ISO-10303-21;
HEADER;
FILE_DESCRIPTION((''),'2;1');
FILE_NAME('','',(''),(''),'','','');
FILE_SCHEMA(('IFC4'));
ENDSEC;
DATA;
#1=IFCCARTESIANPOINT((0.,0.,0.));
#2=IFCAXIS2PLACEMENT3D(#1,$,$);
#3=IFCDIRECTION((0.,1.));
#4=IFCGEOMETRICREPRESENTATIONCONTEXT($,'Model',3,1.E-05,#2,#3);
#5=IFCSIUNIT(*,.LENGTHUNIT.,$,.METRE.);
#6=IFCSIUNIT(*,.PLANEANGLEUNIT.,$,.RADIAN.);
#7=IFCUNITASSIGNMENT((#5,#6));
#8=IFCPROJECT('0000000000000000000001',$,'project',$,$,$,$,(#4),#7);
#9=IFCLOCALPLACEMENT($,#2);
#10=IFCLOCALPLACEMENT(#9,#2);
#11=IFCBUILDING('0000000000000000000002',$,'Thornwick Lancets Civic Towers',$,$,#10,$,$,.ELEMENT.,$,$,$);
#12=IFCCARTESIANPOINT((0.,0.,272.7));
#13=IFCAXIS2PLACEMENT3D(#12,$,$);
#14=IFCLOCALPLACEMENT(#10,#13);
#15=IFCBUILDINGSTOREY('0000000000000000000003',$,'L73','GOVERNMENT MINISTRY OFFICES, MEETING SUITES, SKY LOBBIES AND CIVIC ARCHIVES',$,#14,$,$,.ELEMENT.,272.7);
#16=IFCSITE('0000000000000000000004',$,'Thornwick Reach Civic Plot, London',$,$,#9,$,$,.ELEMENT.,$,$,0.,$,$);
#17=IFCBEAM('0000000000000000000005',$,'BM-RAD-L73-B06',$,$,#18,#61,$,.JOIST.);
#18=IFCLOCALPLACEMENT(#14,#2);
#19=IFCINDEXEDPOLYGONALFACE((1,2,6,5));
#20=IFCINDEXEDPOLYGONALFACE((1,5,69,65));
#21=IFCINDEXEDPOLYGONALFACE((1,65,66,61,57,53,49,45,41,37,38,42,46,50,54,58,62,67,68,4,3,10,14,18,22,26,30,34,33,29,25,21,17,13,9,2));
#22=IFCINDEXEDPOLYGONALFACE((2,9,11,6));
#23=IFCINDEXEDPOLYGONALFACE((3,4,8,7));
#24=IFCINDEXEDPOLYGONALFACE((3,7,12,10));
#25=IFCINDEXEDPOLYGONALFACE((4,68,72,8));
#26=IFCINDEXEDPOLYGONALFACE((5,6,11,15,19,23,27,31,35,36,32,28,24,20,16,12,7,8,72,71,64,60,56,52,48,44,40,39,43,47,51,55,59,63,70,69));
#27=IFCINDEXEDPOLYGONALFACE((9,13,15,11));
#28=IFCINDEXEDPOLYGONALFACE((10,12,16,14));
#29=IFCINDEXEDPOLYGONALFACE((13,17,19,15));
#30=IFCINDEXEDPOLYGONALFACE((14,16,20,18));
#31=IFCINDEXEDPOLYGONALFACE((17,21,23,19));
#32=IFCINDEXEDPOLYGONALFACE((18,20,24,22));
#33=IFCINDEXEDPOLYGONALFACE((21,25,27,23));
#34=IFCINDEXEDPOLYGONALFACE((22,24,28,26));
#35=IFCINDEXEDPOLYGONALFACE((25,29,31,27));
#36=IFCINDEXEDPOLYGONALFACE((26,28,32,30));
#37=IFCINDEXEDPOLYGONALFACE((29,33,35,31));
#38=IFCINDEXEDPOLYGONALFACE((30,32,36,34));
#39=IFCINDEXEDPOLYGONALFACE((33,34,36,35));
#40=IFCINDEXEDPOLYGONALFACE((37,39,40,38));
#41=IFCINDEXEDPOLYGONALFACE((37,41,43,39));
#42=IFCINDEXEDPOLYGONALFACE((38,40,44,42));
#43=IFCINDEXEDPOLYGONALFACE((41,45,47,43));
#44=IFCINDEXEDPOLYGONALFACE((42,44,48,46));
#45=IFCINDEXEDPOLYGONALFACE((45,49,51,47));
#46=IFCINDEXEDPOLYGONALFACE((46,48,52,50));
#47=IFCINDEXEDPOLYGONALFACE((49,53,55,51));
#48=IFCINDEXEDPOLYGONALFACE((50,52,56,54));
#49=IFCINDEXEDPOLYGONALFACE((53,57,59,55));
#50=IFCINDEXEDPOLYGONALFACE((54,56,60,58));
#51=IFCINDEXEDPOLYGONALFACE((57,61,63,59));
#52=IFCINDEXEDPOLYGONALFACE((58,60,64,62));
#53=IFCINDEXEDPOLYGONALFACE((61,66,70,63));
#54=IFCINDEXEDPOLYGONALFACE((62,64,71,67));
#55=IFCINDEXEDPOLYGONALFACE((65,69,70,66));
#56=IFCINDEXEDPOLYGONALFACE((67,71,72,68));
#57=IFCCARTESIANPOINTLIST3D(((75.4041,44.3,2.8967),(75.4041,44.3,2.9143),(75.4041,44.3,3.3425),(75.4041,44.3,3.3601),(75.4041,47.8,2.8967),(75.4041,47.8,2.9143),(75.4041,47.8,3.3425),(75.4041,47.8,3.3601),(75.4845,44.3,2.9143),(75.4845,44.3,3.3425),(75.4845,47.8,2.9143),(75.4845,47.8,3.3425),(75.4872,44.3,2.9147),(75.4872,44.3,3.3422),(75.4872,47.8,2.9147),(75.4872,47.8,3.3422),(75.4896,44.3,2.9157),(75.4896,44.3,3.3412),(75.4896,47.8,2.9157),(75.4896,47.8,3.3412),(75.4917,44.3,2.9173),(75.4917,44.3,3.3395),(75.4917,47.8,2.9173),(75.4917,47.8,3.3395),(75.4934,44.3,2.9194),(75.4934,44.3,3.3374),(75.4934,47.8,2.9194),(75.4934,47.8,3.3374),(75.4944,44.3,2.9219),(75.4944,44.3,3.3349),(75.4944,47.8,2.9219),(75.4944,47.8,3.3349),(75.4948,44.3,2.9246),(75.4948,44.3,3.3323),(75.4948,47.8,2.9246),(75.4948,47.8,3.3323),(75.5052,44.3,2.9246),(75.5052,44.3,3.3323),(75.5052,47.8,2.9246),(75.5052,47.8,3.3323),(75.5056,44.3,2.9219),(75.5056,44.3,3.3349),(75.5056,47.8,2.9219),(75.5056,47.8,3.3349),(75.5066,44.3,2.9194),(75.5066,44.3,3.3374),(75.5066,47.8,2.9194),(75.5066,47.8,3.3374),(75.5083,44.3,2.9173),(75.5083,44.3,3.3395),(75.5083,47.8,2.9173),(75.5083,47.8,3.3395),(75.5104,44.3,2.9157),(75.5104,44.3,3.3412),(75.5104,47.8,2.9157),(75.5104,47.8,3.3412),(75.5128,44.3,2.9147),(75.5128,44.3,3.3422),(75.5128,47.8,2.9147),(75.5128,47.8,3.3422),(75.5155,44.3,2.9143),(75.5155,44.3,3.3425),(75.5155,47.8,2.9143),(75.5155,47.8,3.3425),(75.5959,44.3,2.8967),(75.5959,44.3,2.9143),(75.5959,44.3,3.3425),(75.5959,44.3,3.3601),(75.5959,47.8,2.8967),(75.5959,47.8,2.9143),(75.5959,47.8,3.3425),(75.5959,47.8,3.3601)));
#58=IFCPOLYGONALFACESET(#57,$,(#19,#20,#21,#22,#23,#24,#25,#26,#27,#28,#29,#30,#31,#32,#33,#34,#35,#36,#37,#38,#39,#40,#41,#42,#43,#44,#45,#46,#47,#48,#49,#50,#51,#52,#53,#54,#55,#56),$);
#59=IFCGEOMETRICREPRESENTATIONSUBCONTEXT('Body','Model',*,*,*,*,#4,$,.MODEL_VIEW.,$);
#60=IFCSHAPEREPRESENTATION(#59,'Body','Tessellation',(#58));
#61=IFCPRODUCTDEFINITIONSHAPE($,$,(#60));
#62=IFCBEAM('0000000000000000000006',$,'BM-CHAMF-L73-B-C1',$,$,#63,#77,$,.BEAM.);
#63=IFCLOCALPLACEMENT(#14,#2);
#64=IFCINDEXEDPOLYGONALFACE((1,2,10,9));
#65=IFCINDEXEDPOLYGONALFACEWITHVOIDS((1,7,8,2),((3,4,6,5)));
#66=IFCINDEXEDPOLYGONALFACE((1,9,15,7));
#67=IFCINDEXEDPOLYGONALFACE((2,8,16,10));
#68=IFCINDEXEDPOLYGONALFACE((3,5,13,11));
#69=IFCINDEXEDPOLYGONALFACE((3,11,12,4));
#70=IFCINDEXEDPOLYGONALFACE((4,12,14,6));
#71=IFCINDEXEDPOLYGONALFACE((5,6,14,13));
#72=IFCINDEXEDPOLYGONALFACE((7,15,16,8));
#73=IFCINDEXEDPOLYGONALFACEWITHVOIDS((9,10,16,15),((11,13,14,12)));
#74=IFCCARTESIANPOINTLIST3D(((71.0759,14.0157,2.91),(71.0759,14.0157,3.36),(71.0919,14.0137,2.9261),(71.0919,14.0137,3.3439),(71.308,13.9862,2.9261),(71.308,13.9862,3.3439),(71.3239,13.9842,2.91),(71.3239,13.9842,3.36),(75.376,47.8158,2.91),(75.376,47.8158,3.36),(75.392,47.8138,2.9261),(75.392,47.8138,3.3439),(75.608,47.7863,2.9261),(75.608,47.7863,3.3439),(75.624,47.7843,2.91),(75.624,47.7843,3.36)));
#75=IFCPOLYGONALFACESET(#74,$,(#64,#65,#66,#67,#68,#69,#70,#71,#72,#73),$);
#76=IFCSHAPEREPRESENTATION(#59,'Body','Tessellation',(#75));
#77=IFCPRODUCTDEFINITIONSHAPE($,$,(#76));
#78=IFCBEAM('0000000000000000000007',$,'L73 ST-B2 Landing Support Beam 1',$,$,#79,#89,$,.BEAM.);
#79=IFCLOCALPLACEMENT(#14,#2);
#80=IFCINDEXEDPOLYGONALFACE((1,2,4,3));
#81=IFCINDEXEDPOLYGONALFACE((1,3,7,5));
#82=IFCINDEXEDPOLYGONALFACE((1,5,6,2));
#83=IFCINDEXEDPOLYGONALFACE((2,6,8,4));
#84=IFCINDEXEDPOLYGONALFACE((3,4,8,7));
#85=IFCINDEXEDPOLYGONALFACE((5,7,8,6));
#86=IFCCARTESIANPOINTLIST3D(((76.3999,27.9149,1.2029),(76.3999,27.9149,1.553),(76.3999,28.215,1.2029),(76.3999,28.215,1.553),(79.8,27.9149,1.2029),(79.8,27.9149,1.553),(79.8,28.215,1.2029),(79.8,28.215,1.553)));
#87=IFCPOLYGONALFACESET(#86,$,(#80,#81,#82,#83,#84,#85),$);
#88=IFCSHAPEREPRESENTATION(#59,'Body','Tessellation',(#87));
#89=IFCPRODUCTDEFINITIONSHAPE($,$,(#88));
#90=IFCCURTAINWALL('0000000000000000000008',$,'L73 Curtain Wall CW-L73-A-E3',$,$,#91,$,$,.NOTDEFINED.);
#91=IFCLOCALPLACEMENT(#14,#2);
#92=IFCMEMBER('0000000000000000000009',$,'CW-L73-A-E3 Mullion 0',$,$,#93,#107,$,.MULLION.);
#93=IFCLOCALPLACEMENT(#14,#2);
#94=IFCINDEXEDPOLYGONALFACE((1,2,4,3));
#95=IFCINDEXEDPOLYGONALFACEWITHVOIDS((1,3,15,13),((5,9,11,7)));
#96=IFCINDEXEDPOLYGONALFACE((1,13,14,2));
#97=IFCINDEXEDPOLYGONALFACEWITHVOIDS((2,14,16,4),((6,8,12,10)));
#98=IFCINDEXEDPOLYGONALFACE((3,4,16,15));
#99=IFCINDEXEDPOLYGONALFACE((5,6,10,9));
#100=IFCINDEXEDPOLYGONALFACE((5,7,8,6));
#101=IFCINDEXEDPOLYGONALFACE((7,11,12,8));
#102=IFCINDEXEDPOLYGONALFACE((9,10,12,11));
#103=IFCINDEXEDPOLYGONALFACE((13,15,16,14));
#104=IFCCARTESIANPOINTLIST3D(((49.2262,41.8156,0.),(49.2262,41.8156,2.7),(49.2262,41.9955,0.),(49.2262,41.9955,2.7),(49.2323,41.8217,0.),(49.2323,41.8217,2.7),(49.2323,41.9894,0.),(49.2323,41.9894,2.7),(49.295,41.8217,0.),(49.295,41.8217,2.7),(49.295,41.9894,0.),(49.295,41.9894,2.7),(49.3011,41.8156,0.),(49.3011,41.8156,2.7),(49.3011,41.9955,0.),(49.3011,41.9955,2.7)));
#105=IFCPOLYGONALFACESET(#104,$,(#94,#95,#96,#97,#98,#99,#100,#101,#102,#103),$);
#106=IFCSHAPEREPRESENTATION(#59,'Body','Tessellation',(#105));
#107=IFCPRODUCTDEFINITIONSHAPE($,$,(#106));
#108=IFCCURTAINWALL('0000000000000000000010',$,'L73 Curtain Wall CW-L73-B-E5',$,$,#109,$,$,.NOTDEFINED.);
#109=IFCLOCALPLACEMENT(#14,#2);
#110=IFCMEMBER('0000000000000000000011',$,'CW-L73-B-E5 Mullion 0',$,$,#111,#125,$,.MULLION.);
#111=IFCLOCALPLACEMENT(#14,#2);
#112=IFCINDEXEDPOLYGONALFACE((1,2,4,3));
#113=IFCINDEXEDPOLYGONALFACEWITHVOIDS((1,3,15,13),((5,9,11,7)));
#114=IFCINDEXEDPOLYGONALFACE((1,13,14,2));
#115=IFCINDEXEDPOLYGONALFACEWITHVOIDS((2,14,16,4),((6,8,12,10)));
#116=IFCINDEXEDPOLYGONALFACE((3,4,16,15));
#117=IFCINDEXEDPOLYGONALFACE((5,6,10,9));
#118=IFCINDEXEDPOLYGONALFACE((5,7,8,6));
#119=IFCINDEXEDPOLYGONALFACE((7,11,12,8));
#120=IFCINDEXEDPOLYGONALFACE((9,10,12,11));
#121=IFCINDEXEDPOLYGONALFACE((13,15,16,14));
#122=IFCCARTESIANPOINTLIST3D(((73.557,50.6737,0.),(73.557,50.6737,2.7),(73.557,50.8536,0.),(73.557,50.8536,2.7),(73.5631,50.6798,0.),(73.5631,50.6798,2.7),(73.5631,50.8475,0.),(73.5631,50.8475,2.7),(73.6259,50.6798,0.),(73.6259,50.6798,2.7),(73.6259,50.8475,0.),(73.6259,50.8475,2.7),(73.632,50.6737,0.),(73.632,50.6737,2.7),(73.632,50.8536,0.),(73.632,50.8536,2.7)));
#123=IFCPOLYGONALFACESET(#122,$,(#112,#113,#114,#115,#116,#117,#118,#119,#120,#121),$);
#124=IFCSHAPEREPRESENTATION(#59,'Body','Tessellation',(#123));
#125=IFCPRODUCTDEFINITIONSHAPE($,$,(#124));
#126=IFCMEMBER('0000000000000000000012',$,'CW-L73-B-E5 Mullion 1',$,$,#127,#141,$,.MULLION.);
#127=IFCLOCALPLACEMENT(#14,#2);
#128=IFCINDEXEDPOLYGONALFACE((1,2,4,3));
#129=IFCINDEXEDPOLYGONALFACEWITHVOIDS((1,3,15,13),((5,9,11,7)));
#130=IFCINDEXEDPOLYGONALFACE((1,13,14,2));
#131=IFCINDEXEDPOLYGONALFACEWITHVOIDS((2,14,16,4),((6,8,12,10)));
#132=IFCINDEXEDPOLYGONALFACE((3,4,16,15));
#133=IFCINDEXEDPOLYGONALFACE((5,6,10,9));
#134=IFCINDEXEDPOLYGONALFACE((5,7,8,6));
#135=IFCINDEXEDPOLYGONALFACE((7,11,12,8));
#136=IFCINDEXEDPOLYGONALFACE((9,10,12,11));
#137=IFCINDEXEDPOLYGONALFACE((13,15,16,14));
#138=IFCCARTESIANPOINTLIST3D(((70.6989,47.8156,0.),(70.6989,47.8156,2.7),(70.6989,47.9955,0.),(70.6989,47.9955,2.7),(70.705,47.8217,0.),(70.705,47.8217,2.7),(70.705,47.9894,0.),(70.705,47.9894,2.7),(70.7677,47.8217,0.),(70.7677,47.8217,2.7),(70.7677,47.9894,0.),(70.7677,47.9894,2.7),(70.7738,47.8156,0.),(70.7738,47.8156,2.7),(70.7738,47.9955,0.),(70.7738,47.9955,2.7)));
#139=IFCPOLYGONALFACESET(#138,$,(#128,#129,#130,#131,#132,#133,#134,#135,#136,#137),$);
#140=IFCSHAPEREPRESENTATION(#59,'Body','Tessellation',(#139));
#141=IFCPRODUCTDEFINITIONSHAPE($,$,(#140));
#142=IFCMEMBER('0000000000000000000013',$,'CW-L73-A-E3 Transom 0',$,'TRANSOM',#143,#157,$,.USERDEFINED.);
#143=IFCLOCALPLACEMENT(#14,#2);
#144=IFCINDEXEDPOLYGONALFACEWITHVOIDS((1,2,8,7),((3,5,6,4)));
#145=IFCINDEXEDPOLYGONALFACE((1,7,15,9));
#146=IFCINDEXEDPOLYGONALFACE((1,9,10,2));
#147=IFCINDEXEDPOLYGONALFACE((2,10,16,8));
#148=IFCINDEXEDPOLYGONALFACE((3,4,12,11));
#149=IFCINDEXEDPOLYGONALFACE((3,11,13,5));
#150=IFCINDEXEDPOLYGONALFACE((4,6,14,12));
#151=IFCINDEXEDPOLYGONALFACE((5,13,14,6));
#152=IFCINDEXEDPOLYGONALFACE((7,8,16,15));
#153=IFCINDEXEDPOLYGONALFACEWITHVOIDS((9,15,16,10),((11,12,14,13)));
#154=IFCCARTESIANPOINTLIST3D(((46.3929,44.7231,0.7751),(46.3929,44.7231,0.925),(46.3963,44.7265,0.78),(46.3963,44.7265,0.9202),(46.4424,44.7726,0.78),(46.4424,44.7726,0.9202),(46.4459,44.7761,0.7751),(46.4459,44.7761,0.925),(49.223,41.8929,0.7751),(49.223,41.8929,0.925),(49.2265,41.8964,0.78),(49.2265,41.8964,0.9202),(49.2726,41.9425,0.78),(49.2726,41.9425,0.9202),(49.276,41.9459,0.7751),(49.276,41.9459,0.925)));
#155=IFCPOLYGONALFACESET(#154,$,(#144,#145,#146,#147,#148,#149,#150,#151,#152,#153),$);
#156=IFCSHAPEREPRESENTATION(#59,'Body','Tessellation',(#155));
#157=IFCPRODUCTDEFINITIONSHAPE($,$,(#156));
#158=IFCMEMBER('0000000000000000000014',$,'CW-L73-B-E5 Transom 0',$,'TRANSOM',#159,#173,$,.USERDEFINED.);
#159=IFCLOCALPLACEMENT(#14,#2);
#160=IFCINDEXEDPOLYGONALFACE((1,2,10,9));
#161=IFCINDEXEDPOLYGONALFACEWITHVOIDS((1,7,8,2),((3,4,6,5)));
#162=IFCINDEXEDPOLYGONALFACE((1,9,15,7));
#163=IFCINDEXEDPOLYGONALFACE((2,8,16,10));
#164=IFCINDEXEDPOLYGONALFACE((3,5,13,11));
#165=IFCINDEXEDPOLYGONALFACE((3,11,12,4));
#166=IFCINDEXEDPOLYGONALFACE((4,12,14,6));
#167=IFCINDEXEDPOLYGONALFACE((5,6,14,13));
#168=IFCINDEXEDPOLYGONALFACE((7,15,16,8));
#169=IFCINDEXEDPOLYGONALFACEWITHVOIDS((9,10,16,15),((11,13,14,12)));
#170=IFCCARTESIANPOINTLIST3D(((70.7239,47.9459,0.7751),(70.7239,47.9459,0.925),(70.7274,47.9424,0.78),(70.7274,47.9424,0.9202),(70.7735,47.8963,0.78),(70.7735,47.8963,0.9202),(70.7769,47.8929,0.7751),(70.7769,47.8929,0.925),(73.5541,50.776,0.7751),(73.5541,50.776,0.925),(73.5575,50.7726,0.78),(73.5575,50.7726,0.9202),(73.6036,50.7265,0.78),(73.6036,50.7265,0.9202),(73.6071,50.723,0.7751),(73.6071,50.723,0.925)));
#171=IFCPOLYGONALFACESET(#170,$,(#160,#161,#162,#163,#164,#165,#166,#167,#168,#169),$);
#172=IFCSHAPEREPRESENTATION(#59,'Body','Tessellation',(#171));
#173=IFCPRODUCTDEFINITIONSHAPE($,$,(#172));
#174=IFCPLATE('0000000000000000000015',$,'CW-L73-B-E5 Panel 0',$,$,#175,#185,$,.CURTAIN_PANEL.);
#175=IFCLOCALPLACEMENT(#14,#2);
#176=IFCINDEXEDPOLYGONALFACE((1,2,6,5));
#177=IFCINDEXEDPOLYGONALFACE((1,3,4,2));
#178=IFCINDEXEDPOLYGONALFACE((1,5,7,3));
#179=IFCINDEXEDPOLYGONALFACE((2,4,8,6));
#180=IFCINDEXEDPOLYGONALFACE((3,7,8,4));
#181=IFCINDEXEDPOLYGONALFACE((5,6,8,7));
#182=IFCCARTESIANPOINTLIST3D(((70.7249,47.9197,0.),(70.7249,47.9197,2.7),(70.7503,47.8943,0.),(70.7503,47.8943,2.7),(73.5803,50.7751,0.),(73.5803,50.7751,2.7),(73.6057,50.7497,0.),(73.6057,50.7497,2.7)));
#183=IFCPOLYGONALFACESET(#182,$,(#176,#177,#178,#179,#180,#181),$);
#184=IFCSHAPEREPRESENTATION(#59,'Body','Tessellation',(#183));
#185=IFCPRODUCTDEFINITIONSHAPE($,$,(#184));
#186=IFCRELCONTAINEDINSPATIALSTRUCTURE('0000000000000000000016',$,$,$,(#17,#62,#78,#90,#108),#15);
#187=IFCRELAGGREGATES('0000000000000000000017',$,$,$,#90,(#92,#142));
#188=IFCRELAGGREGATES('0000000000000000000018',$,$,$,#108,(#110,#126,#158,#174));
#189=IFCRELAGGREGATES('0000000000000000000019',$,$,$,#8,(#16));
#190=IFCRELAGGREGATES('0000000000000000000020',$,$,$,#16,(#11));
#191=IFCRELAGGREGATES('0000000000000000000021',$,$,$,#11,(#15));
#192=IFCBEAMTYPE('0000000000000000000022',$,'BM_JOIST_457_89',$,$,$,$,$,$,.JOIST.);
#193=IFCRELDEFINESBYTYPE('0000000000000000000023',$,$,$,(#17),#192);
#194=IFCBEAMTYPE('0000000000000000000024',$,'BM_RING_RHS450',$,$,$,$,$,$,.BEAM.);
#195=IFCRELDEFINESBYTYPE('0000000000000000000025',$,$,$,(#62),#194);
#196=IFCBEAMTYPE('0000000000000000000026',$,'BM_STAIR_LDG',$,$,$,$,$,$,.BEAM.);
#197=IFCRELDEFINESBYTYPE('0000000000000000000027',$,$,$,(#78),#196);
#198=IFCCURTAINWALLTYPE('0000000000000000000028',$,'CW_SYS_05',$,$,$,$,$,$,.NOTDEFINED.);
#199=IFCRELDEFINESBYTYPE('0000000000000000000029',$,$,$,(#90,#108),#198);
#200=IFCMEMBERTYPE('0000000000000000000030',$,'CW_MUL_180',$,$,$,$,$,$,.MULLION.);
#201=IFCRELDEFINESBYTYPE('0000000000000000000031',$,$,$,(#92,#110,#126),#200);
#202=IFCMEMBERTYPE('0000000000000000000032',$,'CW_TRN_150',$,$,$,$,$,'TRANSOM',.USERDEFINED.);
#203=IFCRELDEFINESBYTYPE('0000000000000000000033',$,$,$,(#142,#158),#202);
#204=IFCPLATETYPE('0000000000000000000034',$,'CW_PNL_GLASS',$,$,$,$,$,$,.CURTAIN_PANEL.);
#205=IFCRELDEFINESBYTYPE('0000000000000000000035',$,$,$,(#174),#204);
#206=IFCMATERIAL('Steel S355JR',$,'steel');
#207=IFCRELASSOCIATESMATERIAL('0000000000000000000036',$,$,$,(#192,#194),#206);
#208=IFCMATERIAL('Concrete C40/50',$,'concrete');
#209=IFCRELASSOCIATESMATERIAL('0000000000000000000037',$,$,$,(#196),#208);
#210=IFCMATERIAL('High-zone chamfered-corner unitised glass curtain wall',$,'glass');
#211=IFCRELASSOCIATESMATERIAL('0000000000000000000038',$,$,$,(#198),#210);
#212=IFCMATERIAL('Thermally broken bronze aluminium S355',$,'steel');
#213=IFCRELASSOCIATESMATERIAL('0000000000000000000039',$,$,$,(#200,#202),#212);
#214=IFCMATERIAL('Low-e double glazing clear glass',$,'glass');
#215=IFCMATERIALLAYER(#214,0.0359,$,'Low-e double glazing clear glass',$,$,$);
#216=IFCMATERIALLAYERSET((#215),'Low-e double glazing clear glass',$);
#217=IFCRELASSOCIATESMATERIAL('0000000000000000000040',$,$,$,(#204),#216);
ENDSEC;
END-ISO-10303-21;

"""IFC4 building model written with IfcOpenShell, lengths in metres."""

from ifc_helpers import new_model, si_unit, direction, frame, origin, origin_2d, place, context, subcontext, project, spatial, rectangle, hollow_rectangle, i_section, extrude, material, layer, layer_set, material_profile, profile_set, type_object, element, aggregate, save


model = new_model("IFC4")

# Units and contexts
model_context = context("Model", 3, precision=1e-05, world=origin(), true_north=direction((0.0, 1.0)))
body_context = subcontext(model_context, "Body", "Model", "MODEL_VIEW")
ifc_project = project(units=[si_unit("LENGTHUNIT", "METRE"), si_unit("PLANEANGLEUNIT", "RADIAN")], contexts=[model_context])

# Site, building, storey
site_placement = place(None, origin())
site = spatial("IfcSite", under=ifc_project, at=site_placement, Name="Thornwick Reach Civic Plot, London", CompositionType="ELEMENT", RefElevation=0.0)
building_placement = place(site_placement, origin())
building = spatial("IfcBuilding", under=site, at=building_placement, Name="Thornwick Lancets Civic Towers", CompositionType="ELEMENT")
storey_placement = place(building_placement, frame((0.0, 0.0, 272.7)))
storey = spatial("IfcBuildingStorey", under=building, at=storey_placement, Name="L73", Description="GOVERNMENT MINISTRY OFFICES, MEETING SUITES, SKY LOBBIES AND CIVIC ARCHIVES", CompositionType="ELEMENT", Elevation=272.7)

# Shared definitions
ifc_material_1 = material(Name="Steel S355JR", Category="steel")

# Beams
ifc_material_profile_1 = material_profile(ifc_material_1, i_section(OverallWidth=0.1919, OverallDepth=0.4634, WebThickness=0.0105, FlangeThickness=0.0176, FilletRadius=0.0103, at=origin_2d()), Name="UKB 457x191x89")
ifc_profile_set_1 = profile_set([ifc_material_profile_1], Name="Steel S355JR")
beam_type_1 = type_object("IfcBeamType", Name="BM_JOIST_457_89", PredefinedType="JOIST", material=ifc_profile_set_1)
beam_1_placement = place(storey_placement, frame((75.5, 44.3, 3.1284), z_axis=(0.0, 1.0, 0.0), x_axis=(-1.0, 0.0, 0.0)))
element("IfcBeam", 1, at=beam_1_placement, inside=storey, type_object=beam_type_1, Name="BM-RAD-L73-B06", PredefinedType="JOIST", context=body_context, shape_type="SweptSolid", body=[
    extrude(i_section(OverallWidth=0.1919, OverallDepth=0.4634, WebThickness=0.0105, FlangeThickness=0.0176, FilletRadius=0.0103, at=origin_2d()), origin(), (0.0, 0.0, 1.0), 3.5),
])
ifc_material_profile_2 = material_profile(ifc_material_1, hollow_rectangle(XDim=0.25, YDim=0.45, WallThickness=0.0161, at=origin_2d()), Name="RHS 450x250x16")
ifc_profile_set_2 = profile_set([ifc_material_profile_2], Name="Steel S355JR")
beam_type_2 = type_object("IfcBeamType", Name="BM_RING_RHS450", PredefinedType="BEAM", material=ifc_profile_set_2)
beam_2_placement = place(storey_placement, frame((75.5, 47.8, 3.135), z_axis=(-0.126203, -0.992004, 0.0), x_axis=(0.992004, -0.126203, 0.0)))
element("IfcBeam", 2, at=beam_2_placement, inside=storey, type_object=beam_type_2, Name="BM-CHAMF-L73-B-C1", PredefinedType="BEAM", context=body_context, shape_type="SweptSolid", body=[
    extrude(hollow_rectangle(XDim=0.25, YDim=0.45, WallThickness=0.0161, at=origin_2d()), origin(), (0.0, 0.0, 1.0), 34.0725),
])
ifc_material_2 = material(Name="Concrete C40/50", Category="concrete")
ifc_material_profile_3 = material_profile(ifc_material_2, rectangle(XDim=0.3, YDim=0.3501, at=origin_2d()), Name="RC 300x350")
ifc_profile_set_3 = profile_set([ifc_material_profile_3], Name="Concrete C40/50")
beam_type_3 = type_object("IfcBeamType", Name="BM_STAIR_LDG", PredefinedType="BEAM", material=ifc_profile_set_3)
beam_3_placement = place(storey_placement, frame((76.3999, 28.0649, 1.3779), z_axis=(1.0, 0.0, 0.0), x_axis=(0.0, 1.0, 0.0)))
element("IfcBeam", 3, at=beam_3_placement, inside=storey, type_object=beam_type_3, Name="L73 ST-B2 Landing Support Beam 1", PredefinedType="BEAM", context=body_context, shape_type="SweptSolid", body=[
    extrude(rectangle(XDim=0.3, YDim=0.3501, at=origin_2d()), origin(), (0.0, 0.0, 1.0), 3.4001),
])

# Curtain wall, member
ifc_material_3 = material(Name="High-zone chamfered-corner unitised glass curtain wall", Category="glass")
curtain_wall_type = type_object("IfcCurtainWallType", Name="CW_SYS_05", PredefinedType="NOTDEFINED", material=ifc_material_3)
curtain_wall_1_placement = place(storey_placement, origin())
curtain_wall_1 = element("IfcCurtainWall", 4, at=curtain_wall_1_placement, inside=storey, type_object=curtain_wall_type, Name="L73 Curtain Wall CW-L73-A-E3", PredefinedType="NOTDEFINED")
ifc_material_4 = material(Name="Thermally broken bronze aluminium S355", Category="steel")
ifc_material_profile_4 = material_profile(ifc_material_4, hollow_rectangle(XDim=0.075, YDim=0.1799, WallThickness=0.0061, at=origin_2d()), Name="RHS 180x75x6")
ifc_profile_set_4 = profile_set([ifc_material_profile_4], Name="Thermally broken bronze aluminium S355")
member_type_1 = type_object("IfcMemberType", Name="CW_MUL_180", PredefinedType="MULLION", material=ifc_profile_set_4)
member_1_placement = place(storey_placement, frame((49.2637, 41.9055, 0.0), z_axis=(0.0, 0.0, 1.0), x_axis=(1.0, 0.0, 0.0)))
member_1 = element("IfcMember", 5, at=member_1_placement, type_object=member_type_1, Name="CW-L73-A-E3 Mullion 0", PredefinedType="MULLION", context=body_context, shape_type="SweptSolid", body=[
    extrude(hollow_rectangle(XDim=0.075, YDim=0.1799, WallThickness=0.0061, at=origin_2d()), origin(), (0.0, 0.0, 1.0), 2.7),
])

# Curtain wall, members
curtain_wall_2_placement = place(storey_placement, origin())
curtain_wall_2 = element("IfcCurtainWall", 6, at=curtain_wall_2_placement, inside=storey, type_object=curtain_wall_type, Name="L73 Curtain Wall CW-L73-B-E5", PredefinedType="NOTDEFINED")
member_2_placement = place(storey_placement, frame((73.5945, 50.7637, 0.0), z_axis=(0.0, 0.0, 1.0), x_axis=(1.0, 0.0, 0.0)))
member_2 = element("IfcMember", 7, at=member_2_placement, type_object=member_type_1, Name="CW-L73-B-E5 Mullion 0", PredefinedType="MULLION", context=body_context, shape_type="SweptSolid", body=[
    extrude(hollow_rectangle(XDim=0.075, YDim=0.1799, WallThickness=0.0061, at=origin_2d()), origin(), (0.0, 0.0, 1.0), 2.7),
])
member_3_placement = place(storey_placement, frame((70.7363, 47.9055, 0.0), z_axis=(0.0, 0.0, 1.0), x_axis=(1.0, 0.0, 0.0)))
member_3 = element("IfcMember", 8, at=member_3_placement, type_object=member_type_1, Name="CW-L73-B-E5 Mullion 1", PredefinedType="MULLION", context=body_context, shape_type="SweptSolid", body=[
    extrude(hollow_rectangle(XDim=0.075, YDim=0.1799, WallThickness=0.0061, at=origin_2d()), origin(), (0.0, 0.0, 1.0), 2.7),
])

# Members
ifc_material_profile_5 = material_profile(ifc_material_4, hollow_rectangle(XDim=0.075, YDim=0.1499, WallThickness=0.0049, at=origin_2d()), Name="RHS 150x75x5")
ifc_profile_set_5 = profile_set([ifc_material_profile_5], Name="Thermally broken bronze aluminium S355")
member_type_2 = type_object("IfcMemberType", Name="CW_TRN_150", ElementType="TRANSOM", PredefinedType="USERDEFINED", material=ifc_profile_set_5)
member_4_placement = place(storey_placement, frame((49.2495, 41.9194, 0.8501), z_axis=(-0.707107, 0.707107, 0.0), x_axis=(-0.707107, -0.707107, 0.0)))
member_4 = element("IfcMember", 9, at=member_4_placement, type_object=member_type_2, Name="CW-L73-A-E3 Transom 0", ObjectType="TRANSOM", PredefinedType="USERDEFINED", context=body_context, shape_type="SweptSolid", body=[
    extrude(hollow_rectangle(XDim=0.075, YDim=0.1499, WallThickness=0.0049, at=origin_2d()), origin(), (0.0, 0.0, 1.0), 4.0024),
])
aggregate(curtain_wall_1, [member_1, member_4])
member_5_placement = place(storey_placement, frame((73.5806, 50.7495, 0.8501), z_axis=(-0.707107, -0.707107, 0.0), x_axis=(0.707107, -0.707107, 0.0)))
member_5 = element("IfcMember", 10, at=member_5_placement, type_object=member_type_2, Name="CW-L73-B-E5 Transom 0", ObjectType="TRANSOM", PredefinedType="USERDEFINED", context=body_context, shape_type="SweptSolid", body=[
    extrude(hollow_rectangle(XDim=0.075, YDim=0.1499, WallThickness=0.0049, at=origin_2d()), origin(), (0.0, 0.0, 1.0), 4.0024),
])

# Plate
ifc_material_5 = material(Name="Low-e double glazing clear glass", Category="glass")
ifc_layer_1 = layer(ifc_material_5, 0.0359, Name="Low-e double glazing clear glass")
ifc_layer_set_1 = layer_set([ifc_layer_1], Name="Low-e double glazing clear glass")
plate_type = type_object("IfcPlateType", Name="CW_PNL_GLASS", PredefinedType="CURTAIN_PANEL", material=ifc_layer_set_1)
plate_placement = place(storey_placement, frame((72.1653, 49.3347, 0.0), z_axis=(0.0, 0.0, 1.0), x_axis=(-0.707107, -0.707107, 0.0)))
plate = element("IfcPlate", 11, at=plate_placement, type_object=plate_type, Name="CW-L73-B-E5 Panel 0", PredefinedType="CURTAIN_PANEL", context=body_context, shape_type="SweptSolid", body=[
    extrude(rectangle(XDim=4.0381, YDim=0.0359, at=origin_2d()), origin(), (0.0, 0.0, 1.0), 2.7),
])
aggregate(curtain_wall_2, [member_2, member_3, member_5, plate])

save(model, "model.ifc")
